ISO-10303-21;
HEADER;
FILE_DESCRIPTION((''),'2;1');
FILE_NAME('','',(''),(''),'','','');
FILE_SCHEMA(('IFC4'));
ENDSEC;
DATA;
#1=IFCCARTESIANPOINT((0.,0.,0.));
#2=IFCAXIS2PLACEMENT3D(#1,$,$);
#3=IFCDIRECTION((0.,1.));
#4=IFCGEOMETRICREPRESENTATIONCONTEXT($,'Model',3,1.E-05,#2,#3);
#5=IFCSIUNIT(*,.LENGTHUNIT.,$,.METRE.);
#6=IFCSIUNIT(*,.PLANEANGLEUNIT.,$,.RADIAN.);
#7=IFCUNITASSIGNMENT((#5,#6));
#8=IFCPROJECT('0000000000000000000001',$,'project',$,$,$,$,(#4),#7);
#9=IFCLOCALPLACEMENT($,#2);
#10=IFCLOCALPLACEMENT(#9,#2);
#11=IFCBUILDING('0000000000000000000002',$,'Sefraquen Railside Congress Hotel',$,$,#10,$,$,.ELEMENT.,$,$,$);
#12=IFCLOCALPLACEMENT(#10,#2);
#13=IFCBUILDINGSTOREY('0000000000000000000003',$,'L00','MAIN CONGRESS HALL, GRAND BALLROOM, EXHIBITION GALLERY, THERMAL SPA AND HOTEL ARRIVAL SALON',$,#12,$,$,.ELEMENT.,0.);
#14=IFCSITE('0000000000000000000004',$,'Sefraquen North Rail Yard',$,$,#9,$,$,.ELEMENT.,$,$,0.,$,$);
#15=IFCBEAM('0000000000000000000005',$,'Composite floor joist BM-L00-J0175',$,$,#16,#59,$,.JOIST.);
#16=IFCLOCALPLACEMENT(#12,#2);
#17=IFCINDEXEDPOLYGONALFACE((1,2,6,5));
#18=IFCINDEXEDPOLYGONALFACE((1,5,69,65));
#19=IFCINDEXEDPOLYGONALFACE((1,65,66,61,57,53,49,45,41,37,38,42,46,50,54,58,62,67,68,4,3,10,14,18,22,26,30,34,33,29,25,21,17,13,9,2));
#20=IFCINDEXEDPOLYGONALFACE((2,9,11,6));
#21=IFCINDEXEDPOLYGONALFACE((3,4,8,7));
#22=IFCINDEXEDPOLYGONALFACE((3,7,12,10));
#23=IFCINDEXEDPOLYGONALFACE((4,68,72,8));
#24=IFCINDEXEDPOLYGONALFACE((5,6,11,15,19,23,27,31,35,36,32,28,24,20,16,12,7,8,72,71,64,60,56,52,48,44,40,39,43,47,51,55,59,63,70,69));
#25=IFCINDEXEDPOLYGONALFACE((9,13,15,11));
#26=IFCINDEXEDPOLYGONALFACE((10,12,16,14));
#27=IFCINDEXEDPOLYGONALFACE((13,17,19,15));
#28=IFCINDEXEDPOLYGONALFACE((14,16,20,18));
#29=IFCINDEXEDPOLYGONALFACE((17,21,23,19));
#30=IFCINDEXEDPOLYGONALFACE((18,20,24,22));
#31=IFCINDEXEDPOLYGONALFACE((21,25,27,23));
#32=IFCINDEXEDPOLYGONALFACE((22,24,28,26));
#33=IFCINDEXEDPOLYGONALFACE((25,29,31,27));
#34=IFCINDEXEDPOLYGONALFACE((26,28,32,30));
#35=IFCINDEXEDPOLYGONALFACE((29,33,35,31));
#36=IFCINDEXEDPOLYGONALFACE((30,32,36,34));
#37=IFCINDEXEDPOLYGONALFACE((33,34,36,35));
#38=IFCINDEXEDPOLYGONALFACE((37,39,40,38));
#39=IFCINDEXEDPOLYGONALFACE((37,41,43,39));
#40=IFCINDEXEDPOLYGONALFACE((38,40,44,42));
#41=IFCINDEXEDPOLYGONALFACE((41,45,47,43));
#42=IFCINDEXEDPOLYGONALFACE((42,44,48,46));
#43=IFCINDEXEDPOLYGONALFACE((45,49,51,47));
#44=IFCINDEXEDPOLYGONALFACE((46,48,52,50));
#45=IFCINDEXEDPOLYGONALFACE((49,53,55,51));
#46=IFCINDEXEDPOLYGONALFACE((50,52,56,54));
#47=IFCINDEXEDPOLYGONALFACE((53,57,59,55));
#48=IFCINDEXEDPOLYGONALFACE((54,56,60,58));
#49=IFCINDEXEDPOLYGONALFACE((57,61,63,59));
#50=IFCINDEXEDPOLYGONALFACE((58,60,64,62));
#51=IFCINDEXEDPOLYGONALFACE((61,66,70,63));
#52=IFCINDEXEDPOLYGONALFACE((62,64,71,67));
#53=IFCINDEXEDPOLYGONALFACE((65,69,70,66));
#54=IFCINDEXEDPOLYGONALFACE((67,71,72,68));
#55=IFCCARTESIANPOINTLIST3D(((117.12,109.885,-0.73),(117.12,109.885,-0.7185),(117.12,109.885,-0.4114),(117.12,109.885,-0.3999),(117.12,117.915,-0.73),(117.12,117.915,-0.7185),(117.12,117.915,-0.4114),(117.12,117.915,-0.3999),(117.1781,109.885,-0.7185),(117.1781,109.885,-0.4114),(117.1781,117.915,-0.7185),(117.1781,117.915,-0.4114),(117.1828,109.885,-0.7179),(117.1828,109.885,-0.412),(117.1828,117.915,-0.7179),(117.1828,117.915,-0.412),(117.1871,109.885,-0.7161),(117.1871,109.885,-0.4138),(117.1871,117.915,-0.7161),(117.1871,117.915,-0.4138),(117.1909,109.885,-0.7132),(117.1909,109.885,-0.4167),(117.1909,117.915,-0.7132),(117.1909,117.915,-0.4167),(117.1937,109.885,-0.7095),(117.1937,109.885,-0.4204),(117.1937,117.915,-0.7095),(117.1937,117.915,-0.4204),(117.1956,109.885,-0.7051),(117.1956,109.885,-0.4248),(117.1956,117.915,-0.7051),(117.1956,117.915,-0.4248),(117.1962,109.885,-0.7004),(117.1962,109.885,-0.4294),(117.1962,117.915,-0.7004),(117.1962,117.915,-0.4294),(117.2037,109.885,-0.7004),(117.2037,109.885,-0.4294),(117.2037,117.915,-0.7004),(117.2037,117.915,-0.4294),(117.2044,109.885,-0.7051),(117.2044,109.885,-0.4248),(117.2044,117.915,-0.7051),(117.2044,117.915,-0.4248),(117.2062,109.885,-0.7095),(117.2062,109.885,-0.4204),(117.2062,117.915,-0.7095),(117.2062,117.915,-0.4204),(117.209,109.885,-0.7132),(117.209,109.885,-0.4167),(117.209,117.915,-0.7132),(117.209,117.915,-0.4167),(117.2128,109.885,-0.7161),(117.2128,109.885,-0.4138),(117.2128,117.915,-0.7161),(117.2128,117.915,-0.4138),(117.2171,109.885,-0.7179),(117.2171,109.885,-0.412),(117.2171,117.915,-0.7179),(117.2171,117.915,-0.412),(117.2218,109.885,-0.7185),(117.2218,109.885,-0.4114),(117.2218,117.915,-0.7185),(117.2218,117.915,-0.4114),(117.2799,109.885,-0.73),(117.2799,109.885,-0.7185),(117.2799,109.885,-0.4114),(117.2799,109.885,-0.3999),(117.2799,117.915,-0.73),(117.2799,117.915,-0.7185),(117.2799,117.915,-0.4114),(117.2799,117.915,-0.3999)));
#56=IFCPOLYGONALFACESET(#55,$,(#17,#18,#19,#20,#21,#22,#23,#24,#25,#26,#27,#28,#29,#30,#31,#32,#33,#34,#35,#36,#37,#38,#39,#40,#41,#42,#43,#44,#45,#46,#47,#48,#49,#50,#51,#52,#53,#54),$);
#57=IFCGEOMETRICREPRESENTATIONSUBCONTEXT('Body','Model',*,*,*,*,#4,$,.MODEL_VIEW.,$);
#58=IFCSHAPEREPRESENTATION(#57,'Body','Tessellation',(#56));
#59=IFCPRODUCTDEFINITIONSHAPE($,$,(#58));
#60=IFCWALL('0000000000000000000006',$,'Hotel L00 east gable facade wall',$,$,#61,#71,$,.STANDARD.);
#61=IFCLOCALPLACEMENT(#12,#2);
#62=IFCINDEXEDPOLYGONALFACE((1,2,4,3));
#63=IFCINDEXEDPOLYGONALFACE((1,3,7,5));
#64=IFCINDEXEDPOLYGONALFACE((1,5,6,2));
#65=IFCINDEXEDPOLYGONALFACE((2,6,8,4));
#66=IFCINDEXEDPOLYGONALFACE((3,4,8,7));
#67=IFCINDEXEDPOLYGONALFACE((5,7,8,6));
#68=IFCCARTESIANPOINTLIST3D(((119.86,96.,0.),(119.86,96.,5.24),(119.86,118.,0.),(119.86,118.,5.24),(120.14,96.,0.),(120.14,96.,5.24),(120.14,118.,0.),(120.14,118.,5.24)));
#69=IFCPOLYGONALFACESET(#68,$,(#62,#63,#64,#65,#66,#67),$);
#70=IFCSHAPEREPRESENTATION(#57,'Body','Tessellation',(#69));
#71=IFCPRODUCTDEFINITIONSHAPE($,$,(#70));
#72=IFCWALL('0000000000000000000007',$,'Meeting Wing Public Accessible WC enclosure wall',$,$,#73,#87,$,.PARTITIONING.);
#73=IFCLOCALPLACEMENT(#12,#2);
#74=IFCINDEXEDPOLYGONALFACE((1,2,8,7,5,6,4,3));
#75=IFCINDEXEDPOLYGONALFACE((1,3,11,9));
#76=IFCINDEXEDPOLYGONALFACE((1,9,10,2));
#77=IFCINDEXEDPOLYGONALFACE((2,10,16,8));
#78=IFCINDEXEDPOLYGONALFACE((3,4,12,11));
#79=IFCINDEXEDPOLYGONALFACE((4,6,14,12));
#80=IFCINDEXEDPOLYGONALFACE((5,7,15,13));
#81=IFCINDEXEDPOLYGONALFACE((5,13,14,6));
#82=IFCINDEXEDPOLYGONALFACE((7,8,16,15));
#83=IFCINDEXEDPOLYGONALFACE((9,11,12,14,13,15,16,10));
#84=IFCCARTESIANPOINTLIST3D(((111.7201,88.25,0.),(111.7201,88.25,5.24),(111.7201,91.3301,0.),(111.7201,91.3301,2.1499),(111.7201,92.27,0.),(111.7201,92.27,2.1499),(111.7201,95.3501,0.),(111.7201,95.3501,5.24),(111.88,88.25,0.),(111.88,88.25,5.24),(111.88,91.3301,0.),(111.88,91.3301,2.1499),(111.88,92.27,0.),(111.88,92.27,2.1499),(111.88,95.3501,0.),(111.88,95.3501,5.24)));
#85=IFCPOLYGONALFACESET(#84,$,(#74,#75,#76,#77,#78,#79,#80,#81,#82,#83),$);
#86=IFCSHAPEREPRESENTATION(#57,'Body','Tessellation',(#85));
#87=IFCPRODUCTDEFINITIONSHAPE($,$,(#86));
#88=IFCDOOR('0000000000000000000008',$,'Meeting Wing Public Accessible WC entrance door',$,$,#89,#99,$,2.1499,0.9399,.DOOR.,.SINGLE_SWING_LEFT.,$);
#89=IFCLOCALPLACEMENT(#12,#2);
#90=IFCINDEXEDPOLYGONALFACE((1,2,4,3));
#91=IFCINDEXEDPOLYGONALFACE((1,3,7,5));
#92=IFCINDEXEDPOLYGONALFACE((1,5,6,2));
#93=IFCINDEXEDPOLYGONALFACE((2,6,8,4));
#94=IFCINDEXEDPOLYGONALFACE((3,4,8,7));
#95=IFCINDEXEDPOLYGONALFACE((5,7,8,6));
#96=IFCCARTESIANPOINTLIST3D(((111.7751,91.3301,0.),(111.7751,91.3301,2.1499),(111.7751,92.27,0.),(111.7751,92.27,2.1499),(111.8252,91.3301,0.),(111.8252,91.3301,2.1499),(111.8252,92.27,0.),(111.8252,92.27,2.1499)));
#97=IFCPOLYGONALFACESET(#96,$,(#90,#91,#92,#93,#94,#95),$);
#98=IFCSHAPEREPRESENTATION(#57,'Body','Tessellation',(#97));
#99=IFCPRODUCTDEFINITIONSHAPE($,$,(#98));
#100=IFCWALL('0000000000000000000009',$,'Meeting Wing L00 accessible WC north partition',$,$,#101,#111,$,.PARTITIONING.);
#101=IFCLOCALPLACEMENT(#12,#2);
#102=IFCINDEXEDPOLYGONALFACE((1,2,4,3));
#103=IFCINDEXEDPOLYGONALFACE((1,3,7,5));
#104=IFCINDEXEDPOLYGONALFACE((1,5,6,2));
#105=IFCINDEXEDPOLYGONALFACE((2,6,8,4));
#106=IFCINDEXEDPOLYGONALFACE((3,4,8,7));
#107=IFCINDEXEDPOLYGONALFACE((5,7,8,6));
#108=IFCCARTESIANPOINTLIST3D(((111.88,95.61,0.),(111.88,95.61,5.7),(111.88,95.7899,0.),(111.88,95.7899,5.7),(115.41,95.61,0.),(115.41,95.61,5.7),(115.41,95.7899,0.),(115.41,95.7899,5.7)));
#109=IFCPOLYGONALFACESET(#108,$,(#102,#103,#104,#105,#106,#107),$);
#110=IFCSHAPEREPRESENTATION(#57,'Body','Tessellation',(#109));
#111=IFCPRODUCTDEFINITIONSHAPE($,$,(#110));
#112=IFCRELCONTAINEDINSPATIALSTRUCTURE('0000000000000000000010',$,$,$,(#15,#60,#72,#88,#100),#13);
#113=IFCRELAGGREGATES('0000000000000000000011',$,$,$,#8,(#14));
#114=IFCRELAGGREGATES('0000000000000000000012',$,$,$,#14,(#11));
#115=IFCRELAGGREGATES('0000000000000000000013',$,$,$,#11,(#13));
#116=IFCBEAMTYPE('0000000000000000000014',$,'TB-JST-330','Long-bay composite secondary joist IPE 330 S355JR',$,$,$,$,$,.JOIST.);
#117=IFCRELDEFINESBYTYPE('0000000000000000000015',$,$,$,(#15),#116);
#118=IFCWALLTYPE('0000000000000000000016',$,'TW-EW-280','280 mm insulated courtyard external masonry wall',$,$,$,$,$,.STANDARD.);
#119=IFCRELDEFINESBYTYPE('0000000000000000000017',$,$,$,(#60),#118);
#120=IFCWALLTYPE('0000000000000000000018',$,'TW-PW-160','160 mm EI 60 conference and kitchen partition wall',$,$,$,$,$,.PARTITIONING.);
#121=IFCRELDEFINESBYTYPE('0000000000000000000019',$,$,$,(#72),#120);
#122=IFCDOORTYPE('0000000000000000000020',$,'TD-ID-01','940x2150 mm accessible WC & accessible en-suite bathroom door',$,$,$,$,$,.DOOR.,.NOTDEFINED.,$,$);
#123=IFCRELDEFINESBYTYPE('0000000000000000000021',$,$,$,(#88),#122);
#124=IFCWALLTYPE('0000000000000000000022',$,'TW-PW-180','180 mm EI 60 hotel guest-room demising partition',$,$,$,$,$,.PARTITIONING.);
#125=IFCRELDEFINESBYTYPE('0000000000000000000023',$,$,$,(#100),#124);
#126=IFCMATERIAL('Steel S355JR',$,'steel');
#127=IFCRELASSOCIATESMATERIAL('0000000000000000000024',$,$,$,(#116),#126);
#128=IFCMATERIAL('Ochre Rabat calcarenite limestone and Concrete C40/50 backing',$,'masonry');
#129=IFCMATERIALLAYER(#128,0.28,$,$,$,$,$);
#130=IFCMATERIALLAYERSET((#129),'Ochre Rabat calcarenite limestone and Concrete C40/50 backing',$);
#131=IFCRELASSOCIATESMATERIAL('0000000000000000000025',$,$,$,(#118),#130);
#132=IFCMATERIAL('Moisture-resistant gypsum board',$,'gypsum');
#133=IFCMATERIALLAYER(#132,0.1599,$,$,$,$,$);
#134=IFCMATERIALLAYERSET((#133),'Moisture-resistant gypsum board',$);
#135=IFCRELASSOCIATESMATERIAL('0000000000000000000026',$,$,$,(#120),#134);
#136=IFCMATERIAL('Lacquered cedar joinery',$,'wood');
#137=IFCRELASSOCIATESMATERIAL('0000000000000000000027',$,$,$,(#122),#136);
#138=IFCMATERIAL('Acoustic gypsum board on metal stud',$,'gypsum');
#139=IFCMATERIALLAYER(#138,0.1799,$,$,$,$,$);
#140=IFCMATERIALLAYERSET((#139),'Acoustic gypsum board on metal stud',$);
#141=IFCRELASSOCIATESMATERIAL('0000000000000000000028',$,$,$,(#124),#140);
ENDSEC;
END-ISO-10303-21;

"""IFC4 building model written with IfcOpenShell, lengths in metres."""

from ifc_helpers import new_model, si_unit, direction, frame, frame_2d, origin, origin_2d, place, context, subcontext, project, spatial, rectangle, i_section, extrude, material, layer, layer_set, material_profile, profile_set, type_object, element, fill, save


model = new_model("IFC4")

# Units and contexts
model_context = context("Model", 3, precision=1e-05, world=origin(), true_north=direction((0.0, 1.0)))
body_context = subcontext(model_context, "Body", "Model", "MODEL_VIEW")
ifc_project = project(units=[si_unit("LENGTHUNIT", "METRE"), si_unit("PLANEANGLEUNIT", "RADIAN")], contexts=[model_context])

# Site, building, storey
site_placement = place(None, origin())
site = spatial("IfcSite", under=ifc_project, at=site_placement, Name="Sefraquen North Rail Yard", CompositionType="ELEMENT", RefElevation=0.0)
building_placement = place(site_placement, origin())
building = spatial("IfcBuilding", under=site, at=building_placement, Name="Sefraquen Railside Congress Hotel", CompositionType="ELEMENT")
storey_placement = place(building_placement, origin())
storey = spatial("IfcBuildingStorey", under=building, at=storey_placement, Name="L00", Description="MAIN CONGRESS HALL, GRAND BALLROOM, EXHIBITION GALLERY, THERMAL SPA AND HOTEL ARRIVAL SALON", CompositionType="ELEMENT", Elevation=0.0)

# Shared definitions
ifc_material_1 = material(Name="Steel S355JR", Category="steel")

# Beam
ifc_material_profile_1 = material_profile(ifc_material_1, i_section(OverallWidth=0.1599, OverallDepth=0.3301, WebThickness=0.0076, FlangeThickness=0.0115, FilletRadius=0.0181, at=origin_2d()), Name="IPE 330")
ifc_profile_set_1 = profile_set([ifc_material_profile_1], Name="Steel S355JR")
beam_type_1 = type_object("IfcBeamType", Name="TB-JST-330", Description="Long-bay composite secondary joist IPE 330 S355JR", PredefinedType="JOIST", material=ifc_profile_set_1)
for number, where, z_axis, x_axis, name in (
    (1, (117.2, 109.885, -0.5649), (0.0, 1.0, 0.0), (-1.0, 0.0, 0.0), "Composite floor joist BM-L00-J0175"),
):
    element("IfcBeam", number, at=place(storey_placement, frame(where, z_axis=z_axis, x_axis=x_axis)), inside=storey, type_object=beam_type_1, Name=name, PredefinedType="JOIST", context=body_context, shape_type="SweptSolid", body=[
        extrude(i_section(OverallWidth=0.1599, OverallDepth=0.3301, WebThickness=0.0076, FlangeThickness=0.0115, FilletRadius=0.0181, at=origin_2d()), origin(), (0.0, 0.0, 1.0), 8.03),
    ])

# Wall
ifc_material_2 = material(Name="Ochre Rabat calcarenite limestone and Concrete C40/50 backing", Category="masonry")
ifc_layer_1 = layer(ifc_material_2, 0.28)
ifc_layer_set_1 = layer_set([ifc_layer_1], Name="Ochre Rabat calcarenite limestone and Concrete C40/50 backing")
wall_type_1 = type_object("IfcWallType", Name="TW-EW-280", Description="280 mm insulated courtyard external masonry wall", PredefinedType="STANDARD", material=ifc_layer_set_1)
wall_1_placement = place(storey_placement, frame((120.0, 96.0, 0.0), z_axis=(0.0, 0.0, 1.0), x_axis=(0.0, 1.0, 0.0)))
element("IfcWall", 2, at=wall_1_placement, inside=storey, type_object=wall_type_1, Name="Hotel L00 east gable facade wall", PredefinedType="STANDARD", context=body_context, shape_type="SweptSolid", body=[
    extrude(rectangle(XDim=22.0, YDim=0.28, at=frame_2d((11.0, 0.0))), origin(), (0.0, 0.0, 1.0), 5.24),
])

# Wall, opening, door
ifc_material_3 = material(Name="Moisture-resistant gypsum board", Category="gypsum")
ifc_layer_2 = layer(ifc_material_3, 0.1599)
ifc_layer_set_2 = layer_set([ifc_layer_2], Name="Moisture-resistant gypsum board")
wall_type_2 = type_object("IfcWallType", Name="TW-PW-160", Description="160 mm EI 60 conference and kitchen partition wall", PredefinedType="PARTITIONING", material=ifc_layer_set_2)
wall_2_placement = place(storey_placement, frame((111.8, 88.25, 0.0), z_axis=(0.0, 0.0, 1.0), x_axis=(0.0, 1.0, 0.0)))
wall_2 = element("IfcWall", 3, at=wall_2_placement, inside=storey, type_object=wall_type_2, Name="Meeting Wing Public Accessible WC enclosure wall", PredefinedType="PARTITIONING", context=body_context, shape_type="SweptSolid", body=[
    extrude(rectangle(XDim=7.1001, YDim=0.1599, at=frame_2d((3.55, 0.0))), origin(), (0.0, 0.0, 1.0), 5.24),
])
opening_placement = place(wall_2_placement, frame((3.0801, 0.0, 0.0)))
opening = element("IfcOpeningElement", 4, at=opening_placement, cuts=wall_2, PredefinedType="OPENING", context=body_context, shape_type="SweptSolid", body=[
    extrude(rectangle(XDim=0.9399, YDim=2.1499, at=frame_2d((0.47, 1.075))), frame((0.0, 0.0898, 0.0), z_axis=(0.0, -1.0, 0.0), x_axis=(1.0, 0.0, 0.0)), (0.0, 0.0, 1.0), 0.1799),
])
ifc_material_4 = material(Name="Lacquered cedar joinery", Category="wood")
door_type = type_object("IfcDoorType", Name="TD-ID-01", Description="940x2150 mm accessible WC & accessible en-suite bathroom door", OperationType="NOTDEFINED", PredefinedType="DOOR", material=ifc_material_4)
door_placement = place(opening_placement, origin())
door = element("IfcDoor", 5, at=door_placement, inside=storey, type_object=door_type, Name="Meeting Wing Public Accessible WC entrance door", OperationType="SINGLE_SWING_LEFT", OverallHeight=2.1499, OverallWidth=0.9399, PredefinedType="DOOR", context=body_context, shape_type="SweptSolid", body=[
    extrude(rectangle(XDim=0.9399, YDim=2.1499, at=frame_2d((0.47, 1.075))), frame((0.0, 0.0249, 0.0), z_axis=(0.0, -1.0, 0.0), x_axis=(1.0, 0.0, 0.0)), (0.0, 0.0, 1.0), 0.05),
])
fill(opening, door)

# Wall
ifc_material_5 = material(Name="Acoustic gypsum board on metal stud", Category="gypsum")
ifc_layer_3 = layer(ifc_material_5, 0.1799)
ifc_layer_set_3 = layer_set([ifc_layer_3], Name="Acoustic gypsum board on metal stud")
wall_type_3 = type_object("IfcWallType", Name="TW-PW-180", Description="180 mm EI 60 hotel guest-room demising partition", PredefinedType="PARTITIONING", material=ifc_layer_set_3)
wall_3_placement = place(storey_placement, frame((111.8799, 95.7, 0.0), z_axis=(0.0, 0.0, 1.0), x_axis=(1.0, 0.0, 0.0)))
element("IfcWall", 6, at=wall_3_placement, inside=storey, type_object=wall_type_3, Name="Meeting Wing L00 accessible WC north partition", PredefinedType="PARTITIONING", context=body_context, shape_type="SweptSolid", body=[
    extrude(rectangle(XDim=3.53, YDim=0.1799, at=frame_2d((1.7651, 0.0))), origin(), (0.0, 0.0, 1.0), 5.7),
])

save(model, "model.ifc")
